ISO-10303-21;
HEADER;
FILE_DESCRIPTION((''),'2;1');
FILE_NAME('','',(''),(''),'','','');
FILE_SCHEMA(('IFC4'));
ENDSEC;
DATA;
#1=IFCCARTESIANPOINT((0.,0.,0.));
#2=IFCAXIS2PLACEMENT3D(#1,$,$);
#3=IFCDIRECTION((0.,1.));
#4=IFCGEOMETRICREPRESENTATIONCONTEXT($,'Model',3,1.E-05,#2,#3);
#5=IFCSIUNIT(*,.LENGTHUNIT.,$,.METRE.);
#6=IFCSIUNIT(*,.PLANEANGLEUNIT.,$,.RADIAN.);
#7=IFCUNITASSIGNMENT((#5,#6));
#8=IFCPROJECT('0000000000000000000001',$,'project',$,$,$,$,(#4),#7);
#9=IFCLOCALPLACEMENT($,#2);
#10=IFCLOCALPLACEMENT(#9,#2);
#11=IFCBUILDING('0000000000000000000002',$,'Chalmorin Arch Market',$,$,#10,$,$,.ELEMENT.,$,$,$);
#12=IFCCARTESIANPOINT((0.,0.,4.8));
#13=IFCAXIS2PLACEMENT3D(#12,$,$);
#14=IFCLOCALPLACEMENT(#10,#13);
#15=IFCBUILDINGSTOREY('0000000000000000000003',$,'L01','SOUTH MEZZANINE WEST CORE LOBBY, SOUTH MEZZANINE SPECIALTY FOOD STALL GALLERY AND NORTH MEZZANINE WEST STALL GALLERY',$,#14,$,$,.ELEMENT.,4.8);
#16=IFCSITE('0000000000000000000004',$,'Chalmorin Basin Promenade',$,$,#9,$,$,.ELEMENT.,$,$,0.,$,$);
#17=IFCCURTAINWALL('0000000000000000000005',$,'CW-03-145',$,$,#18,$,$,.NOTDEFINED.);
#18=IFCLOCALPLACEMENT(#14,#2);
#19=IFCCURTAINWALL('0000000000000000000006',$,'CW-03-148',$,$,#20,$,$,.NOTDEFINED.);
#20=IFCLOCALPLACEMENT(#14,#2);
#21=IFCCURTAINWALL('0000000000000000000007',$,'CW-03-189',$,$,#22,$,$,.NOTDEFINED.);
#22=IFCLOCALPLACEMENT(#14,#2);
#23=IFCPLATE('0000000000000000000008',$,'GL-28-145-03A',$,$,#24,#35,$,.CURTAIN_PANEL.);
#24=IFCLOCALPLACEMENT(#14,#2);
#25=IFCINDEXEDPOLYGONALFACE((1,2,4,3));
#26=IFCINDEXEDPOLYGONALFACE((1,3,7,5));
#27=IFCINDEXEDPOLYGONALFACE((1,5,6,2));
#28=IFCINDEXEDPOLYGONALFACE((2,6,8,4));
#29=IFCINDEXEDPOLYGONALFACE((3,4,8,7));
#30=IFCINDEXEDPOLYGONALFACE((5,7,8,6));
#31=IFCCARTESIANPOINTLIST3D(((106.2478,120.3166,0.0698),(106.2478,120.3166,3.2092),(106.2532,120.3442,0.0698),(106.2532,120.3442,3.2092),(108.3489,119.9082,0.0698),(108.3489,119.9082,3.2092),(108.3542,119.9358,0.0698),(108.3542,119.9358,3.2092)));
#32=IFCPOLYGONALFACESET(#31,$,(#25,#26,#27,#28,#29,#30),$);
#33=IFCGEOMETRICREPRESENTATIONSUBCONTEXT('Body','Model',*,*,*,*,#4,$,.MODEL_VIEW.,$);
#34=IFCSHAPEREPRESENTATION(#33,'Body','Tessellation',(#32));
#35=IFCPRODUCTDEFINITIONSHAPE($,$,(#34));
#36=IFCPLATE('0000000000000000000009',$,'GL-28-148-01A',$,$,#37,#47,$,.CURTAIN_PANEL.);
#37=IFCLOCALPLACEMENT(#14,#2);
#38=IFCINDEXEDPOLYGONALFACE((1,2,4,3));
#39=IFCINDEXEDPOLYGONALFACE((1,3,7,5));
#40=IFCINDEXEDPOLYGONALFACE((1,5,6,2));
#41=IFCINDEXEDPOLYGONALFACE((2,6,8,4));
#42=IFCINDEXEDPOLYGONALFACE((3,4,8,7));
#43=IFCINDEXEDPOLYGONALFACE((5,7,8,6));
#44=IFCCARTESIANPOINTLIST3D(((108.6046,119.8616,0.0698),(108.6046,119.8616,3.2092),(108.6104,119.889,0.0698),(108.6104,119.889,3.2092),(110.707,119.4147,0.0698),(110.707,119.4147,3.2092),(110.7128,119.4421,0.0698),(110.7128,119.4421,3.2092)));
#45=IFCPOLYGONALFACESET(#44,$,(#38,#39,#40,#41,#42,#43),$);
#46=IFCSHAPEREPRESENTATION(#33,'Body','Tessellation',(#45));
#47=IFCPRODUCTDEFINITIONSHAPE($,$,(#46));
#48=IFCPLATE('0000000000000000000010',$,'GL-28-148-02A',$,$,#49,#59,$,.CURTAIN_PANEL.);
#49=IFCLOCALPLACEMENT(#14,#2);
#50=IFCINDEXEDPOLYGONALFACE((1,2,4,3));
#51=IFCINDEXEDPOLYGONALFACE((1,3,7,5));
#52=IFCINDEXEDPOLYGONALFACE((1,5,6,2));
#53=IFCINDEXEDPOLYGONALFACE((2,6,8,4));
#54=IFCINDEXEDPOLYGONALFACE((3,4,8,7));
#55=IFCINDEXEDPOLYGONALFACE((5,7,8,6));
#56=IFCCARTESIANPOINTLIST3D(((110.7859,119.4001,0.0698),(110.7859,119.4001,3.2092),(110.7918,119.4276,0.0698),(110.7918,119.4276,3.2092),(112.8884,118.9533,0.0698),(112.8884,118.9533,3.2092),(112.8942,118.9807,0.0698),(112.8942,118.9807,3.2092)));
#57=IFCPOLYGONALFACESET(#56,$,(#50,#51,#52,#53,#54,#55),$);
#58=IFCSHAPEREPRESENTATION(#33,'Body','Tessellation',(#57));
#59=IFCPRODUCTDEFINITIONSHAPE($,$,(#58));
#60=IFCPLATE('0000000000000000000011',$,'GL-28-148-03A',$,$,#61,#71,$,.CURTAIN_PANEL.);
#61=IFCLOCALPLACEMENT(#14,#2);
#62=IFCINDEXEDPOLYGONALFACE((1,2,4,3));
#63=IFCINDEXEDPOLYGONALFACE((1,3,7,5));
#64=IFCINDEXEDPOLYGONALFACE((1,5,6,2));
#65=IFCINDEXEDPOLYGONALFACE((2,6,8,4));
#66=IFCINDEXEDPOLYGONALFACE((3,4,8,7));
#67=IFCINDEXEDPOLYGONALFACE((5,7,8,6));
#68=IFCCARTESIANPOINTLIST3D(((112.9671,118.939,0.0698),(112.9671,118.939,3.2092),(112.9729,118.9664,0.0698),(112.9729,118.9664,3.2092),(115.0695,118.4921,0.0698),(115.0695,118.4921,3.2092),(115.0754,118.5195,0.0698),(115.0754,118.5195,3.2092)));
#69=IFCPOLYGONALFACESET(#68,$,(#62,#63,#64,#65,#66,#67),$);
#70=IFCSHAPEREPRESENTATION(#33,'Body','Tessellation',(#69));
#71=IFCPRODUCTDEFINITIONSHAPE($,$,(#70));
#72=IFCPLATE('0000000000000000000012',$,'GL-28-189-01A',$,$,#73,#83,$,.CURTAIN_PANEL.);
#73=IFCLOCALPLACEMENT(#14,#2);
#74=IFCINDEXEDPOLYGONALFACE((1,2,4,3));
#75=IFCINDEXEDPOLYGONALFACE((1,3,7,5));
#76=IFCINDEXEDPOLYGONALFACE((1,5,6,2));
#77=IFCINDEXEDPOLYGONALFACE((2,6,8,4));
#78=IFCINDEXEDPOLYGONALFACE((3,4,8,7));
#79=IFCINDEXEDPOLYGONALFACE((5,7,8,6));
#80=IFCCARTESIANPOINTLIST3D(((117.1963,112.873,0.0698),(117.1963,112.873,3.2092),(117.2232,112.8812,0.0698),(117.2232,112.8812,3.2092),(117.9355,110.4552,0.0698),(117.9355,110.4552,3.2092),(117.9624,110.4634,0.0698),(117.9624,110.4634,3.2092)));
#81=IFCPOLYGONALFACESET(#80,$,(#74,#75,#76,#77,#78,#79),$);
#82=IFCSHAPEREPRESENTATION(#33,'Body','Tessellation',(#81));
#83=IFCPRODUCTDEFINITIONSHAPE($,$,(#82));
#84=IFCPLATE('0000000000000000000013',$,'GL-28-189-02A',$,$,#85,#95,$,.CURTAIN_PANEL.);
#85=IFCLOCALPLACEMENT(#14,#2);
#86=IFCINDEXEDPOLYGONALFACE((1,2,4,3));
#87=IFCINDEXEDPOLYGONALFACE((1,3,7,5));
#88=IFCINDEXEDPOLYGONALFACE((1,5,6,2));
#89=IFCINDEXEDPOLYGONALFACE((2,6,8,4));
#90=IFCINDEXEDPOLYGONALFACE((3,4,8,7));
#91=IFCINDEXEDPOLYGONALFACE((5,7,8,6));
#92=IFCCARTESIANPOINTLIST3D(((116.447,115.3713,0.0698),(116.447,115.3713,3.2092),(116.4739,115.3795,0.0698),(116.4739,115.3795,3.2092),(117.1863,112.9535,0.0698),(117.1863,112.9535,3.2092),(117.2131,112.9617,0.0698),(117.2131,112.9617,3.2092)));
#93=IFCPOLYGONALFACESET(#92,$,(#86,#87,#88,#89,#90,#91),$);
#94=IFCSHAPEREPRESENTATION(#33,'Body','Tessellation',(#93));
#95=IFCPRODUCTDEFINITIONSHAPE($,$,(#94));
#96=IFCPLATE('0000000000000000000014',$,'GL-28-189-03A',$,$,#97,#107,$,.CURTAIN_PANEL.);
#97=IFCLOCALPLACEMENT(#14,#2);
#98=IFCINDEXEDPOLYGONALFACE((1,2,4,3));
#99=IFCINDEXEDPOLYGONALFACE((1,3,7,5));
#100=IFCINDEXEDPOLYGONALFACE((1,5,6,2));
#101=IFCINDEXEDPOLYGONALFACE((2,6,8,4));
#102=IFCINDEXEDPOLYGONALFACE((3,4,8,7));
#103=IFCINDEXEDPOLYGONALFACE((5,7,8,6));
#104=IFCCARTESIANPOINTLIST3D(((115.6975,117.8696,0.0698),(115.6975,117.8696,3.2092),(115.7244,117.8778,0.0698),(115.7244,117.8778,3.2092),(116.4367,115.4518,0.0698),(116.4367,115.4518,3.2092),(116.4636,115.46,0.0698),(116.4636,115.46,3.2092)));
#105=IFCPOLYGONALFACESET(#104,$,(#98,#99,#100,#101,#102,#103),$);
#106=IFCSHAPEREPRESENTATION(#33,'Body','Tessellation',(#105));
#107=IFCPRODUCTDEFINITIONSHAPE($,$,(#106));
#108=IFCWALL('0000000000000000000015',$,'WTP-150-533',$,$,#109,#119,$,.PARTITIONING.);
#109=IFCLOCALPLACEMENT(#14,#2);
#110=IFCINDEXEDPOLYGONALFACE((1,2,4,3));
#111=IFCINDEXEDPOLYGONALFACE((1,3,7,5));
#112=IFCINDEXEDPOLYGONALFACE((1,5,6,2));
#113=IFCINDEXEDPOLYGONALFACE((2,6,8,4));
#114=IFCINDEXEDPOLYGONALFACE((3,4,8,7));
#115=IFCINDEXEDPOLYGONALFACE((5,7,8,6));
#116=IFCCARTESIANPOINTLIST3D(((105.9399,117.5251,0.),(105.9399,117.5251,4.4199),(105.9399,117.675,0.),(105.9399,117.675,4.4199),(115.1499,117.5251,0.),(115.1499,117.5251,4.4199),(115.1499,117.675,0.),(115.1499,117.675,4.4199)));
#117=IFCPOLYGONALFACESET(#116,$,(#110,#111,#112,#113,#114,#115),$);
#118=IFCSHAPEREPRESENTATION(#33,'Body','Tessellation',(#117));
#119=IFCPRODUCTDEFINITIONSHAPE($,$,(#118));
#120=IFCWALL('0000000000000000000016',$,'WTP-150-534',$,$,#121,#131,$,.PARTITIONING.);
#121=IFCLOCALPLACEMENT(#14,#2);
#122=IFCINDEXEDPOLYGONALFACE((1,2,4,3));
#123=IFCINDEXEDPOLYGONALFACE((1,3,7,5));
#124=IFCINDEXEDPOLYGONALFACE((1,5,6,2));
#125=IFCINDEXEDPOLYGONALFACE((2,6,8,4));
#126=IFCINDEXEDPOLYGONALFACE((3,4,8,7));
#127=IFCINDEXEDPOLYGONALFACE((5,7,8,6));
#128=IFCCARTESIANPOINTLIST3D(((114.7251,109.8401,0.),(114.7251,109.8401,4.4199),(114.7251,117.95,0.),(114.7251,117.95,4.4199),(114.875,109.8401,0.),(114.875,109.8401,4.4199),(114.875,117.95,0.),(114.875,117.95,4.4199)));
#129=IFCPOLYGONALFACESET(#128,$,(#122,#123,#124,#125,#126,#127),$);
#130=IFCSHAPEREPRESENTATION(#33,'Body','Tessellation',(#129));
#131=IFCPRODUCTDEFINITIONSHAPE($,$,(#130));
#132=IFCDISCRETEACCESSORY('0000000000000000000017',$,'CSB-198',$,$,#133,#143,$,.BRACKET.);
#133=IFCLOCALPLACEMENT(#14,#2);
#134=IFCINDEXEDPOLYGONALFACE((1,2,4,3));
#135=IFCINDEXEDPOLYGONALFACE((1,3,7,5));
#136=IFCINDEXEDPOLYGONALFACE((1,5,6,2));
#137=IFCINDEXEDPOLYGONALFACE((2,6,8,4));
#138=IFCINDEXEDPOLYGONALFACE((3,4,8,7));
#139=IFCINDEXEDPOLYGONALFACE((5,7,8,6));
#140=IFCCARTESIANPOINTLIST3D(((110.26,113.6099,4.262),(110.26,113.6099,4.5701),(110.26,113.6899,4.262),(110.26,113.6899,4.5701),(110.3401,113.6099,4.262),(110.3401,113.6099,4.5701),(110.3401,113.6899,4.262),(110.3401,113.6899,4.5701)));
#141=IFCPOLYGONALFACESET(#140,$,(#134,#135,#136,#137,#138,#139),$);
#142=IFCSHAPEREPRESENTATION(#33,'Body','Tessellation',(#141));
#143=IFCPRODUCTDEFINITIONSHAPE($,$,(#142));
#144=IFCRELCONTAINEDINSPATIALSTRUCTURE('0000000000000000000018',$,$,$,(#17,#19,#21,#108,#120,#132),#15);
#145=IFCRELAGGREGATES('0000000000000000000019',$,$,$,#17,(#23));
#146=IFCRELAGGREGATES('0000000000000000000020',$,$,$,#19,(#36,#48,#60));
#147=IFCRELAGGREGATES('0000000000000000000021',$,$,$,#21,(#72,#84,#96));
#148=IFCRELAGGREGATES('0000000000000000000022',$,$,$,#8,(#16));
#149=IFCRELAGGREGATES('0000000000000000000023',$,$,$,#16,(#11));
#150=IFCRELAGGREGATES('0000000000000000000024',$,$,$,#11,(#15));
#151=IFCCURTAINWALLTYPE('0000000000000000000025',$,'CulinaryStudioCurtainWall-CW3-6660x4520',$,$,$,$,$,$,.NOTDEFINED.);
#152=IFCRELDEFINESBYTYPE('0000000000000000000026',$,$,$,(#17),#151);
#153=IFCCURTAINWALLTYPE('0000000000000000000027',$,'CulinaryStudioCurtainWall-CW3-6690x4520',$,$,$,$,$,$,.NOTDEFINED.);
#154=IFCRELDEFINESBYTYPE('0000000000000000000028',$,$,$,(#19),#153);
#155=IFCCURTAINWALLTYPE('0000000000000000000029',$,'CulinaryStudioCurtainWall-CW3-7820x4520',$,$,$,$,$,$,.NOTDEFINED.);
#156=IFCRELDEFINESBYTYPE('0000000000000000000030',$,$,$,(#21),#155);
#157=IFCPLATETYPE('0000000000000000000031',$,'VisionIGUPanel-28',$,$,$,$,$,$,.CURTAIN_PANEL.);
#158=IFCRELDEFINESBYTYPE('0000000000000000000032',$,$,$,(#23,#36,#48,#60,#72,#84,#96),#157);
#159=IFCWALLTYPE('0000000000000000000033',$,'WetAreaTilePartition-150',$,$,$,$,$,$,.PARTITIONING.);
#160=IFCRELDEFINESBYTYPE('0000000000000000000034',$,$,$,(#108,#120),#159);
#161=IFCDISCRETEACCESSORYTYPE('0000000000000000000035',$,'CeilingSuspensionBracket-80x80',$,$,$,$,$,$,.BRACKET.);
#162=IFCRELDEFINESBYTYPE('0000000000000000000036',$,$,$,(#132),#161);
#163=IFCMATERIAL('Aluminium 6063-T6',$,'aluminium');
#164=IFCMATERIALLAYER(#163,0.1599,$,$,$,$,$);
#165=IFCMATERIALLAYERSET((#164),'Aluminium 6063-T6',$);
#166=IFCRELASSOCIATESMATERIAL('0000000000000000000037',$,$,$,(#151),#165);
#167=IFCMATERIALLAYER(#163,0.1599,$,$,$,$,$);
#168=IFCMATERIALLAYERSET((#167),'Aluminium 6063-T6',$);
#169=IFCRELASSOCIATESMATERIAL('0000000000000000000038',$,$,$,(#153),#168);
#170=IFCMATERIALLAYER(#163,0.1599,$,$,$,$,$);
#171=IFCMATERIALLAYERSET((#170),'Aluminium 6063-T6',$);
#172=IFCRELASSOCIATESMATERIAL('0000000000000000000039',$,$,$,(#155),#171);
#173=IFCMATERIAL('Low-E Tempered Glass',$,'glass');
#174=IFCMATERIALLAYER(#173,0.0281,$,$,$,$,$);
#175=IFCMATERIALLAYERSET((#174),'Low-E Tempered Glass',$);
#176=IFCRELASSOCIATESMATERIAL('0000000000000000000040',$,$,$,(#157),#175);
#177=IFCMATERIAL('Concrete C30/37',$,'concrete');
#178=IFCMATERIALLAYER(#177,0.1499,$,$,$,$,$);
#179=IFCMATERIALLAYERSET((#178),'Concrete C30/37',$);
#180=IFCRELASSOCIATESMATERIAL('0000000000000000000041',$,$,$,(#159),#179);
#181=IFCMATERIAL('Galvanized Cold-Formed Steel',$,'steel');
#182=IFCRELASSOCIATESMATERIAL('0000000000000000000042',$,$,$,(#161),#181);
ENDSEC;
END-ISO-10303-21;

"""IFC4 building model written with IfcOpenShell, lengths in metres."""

from ifc_helpers import new_model, si_unit, direction, frame, frame_2d, origin, origin_2d, place, context, subcontext, project, spatial, rectangle, extrude, material, layer, layer_set, type_object, element, aggregate, save


model = new_model("IFC4")

# Units and contexts
model_context = context("Model", 3, precision=1e-05, world=origin(), true_north=direction((0.0, 1.0)))
body_context = subcontext(model_context, "Body", "Model", "MODEL_VIEW")
ifc_project = project(units=[si_unit("LENGTHUNIT", "METRE"), si_unit("PLANEANGLEUNIT", "RADIAN")], contexts=[model_context])

# Site, building, storey
site_placement = place(None, origin())
site = spatial("IfcSite", under=ifc_project, at=site_placement, Name="Chalmorin Basin Promenade", CompositionType="ELEMENT", RefElevation=0.0)
building_placement = place(site_placement, origin())
building = spatial("IfcBuilding", under=site, at=building_placement, Name="Chalmorin Arch Market", CompositionType="ELEMENT")
storey_placement = place(building_placement, frame((0.0, 0.0, 4.8)))
storey = spatial("IfcBuildingStorey", under=building, at=storey_placement, Name="L01", Description="SOUTH MEZZANINE WEST CORE LOBBY, SOUTH MEZZANINE SPECIALTY FOOD STALL GALLERY AND NORTH MEZZANINE WEST STALL GALLERY", CompositionType="ELEMENT", Elevation=4.8)

# Curtain walls
ifc_material_1 = material(Name="Aluminium 6063-T6", Category="aluminium")
ifc_layer_1 = layer(ifc_material_1, 0.1599)
ifc_layer_set_1 = layer_set([ifc_layer_1], Name="Aluminium 6063-T6")
curtain_wall_type_1 = type_object("IfcCurtainWallType", Name="CulinaryStudioCurtainWall-CW3-6660x4520", PredefinedType="NOTDEFINED", material=ifc_layer_set_1)
curtain_wall_1_placement = place(storey_placement, origin())
curtain_wall_1 = element("IfcCurtainWall", 1, at=curtain_wall_1_placement, inside=storey, type_object=curtain_wall_type_1, Name="CW-03-145", PredefinedType="NOTDEFINED")
ifc_layer_2 = layer(ifc_material_1, 0.1599)
ifc_layer_set_2 = layer_set([ifc_layer_2], Name="Aluminium 6063-T6")
curtain_wall_type_2 = type_object("IfcCurtainWallType", Name="CulinaryStudioCurtainWall-CW3-6690x4520", PredefinedType="NOTDEFINED", material=ifc_layer_set_2)
curtain_wall_2_placement = place(storey_placement, origin())
curtain_wall_2 = element("IfcCurtainWall", 2, at=curtain_wall_2_placement, inside=storey, type_object=curtain_wall_type_2, Name="CW-03-148", PredefinedType="NOTDEFINED")

# Curtain wall
ifc_layer_3 = layer(ifc_material_1, 0.1599)
ifc_layer_set_3 = layer_set([ifc_layer_3], Name="Aluminium 6063-T6")
curtain_wall_type_3 = type_object("IfcCurtainWallType", Name="CulinaryStudioCurtainWall-CW3-7820x4520", PredefinedType="NOTDEFINED", material=ifc_layer_set_3)
curtain_wall_3_placement = place(storey_placement, origin())
curtain_wall_3 = element("IfcCurtainWall", 3, at=curtain_wall_3_placement, inside=storey, type_object=curtain_wall_type_3, Name="CW-03-189", PredefinedType="NOTDEFINED")

# Plates
ifc_material_2 = material(Name="Low-E Tempered Glass", Category="glass")
ifc_layer_4 = layer(ifc_material_2, 0.0281)
ifc_layer_set_4 = layer_set([ifc_layer_4], Name="Low-E Tempered Glass")
plate_type_1 = type_object("IfcPlateType", Name="VisionIGUPanel-28", PredefinedType="CURTAIN_PANEL", material=ifc_layer_set_4)
plate_1_placement = place(storey_placement, frame((107.301, 120.1262, 0.0698), z_axis=(0.0, 0.0, 1.0), x_axis=(0.981627, -0.190809, 0.0)))
plate_1 = element("IfcPlate", 4, at=plate_1_placement, type_object=plate_type_1, Name="GL-28-145-03A", PredefinedType="CURTAIN_PANEL", context=body_context, shape_type="SweptSolid", body=[
    extrude(rectangle(XDim=2.1404, YDim=0.0281, at=origin_2d()), origin(), (0.0, 0.0, 1.0), 3.1394),
])
aggregate(curtain_wall_1, [plate_1])
plate_2_placement = place(storey_placement, frame((109.6587, 119.6519, 0.0698), z_axis=(0.0, 0.0, 1.0), x_axis=(0.978148, -0.207912, 0.0)))
plate_2 = element("IfcPlate", 5, at=plate_2_placement, type_object=plate_type_1, Name="GL-28-148-01A", PredefinedType="CURTAIN_PANEL", context=body_context, shape_type="SweptSolid", body=[
    extrude(rectangle(XDim=2.1494, YDim=0.0281, at=origin_2d()), origin(), (0.0, 0.0, 1.0), 3.1394),
])
plate_3_placement = place(storey_placement, frame((111.8401, 119.1904, 0.0698), z_axis=(0.0, 0.0, 1.0), x_axis=(0.978148, -0.207912, 0.0)))
plate_3 = element("IfcPlate", 6, at=plate_3_placement, type_object=plate_type_1, Name="GL-28-148-02A", PredefinedType="CURTAIN_PANEL", context=body_context, shape_type="SweptSolid", body=[
    extrude(rectangle(XDim=2.1494, YDim=0.0281, at=origin_2d()), origin(), (0.0, 0.0, 1.0), 3.1394),
])
plate_4_placement = place(storey_placement, frame((114.0212, 118.7292, 0.0698), z_axis=(0.0, 0.0, 1.0), x_axis=(0.978148, -0.207912, 0.0)))
plate_4 = element("IfcPlate", 7, at=plate_4_placement, type_object=plate_type_1, Name="GL-28-148-03A", PredefinedType="CURTAIN_PANEL", context=body_context, shape_type="SweptSolid", body=[
    extrude(rectangle(XDim=2.1494, YDim=0.0281, at=origin_2d()), origin(), (0.0, 0.0, 1.0), 3.1394),
])
aggregate(curtain_wall_2, [plate_2, plate_3, plate_4])
plate_5_placement = place(storey_placement, frame((117.5793, 111.6682, 0.0698), z_axis=(0.0, 0.0, 1.0), x_axis=(-0.292372, 0.956305, 0.0)))
plate_5 = element("IfcPlate", 8, at=plate_5_placement, type_object=plate_type_1, Name="GL-28-189-01A", PredefinedType="CURTAIN_PANEL", context=body_context, shape_type="SweptSolid", body=[
    extrude(rectangle(XDim=2.5283, YDim=0.0281, at=origin_2d()), origin(), (0.0, 0.0, 1.0), 3.1394),
])
plate_6_placement = place(storey_placement, frame((116.8301, 114.1665, 0.0698), z_axis=(0.0, 0.0, 1.0), x_axis=(-0.292372, 0.956305, 0.0)))
plate_6 = element("IfcPlate", 9, at=plate_6_placement, type_object=plate_type_1, Name="GL-28-189-02A", PredefinedType="CURTAIN_PANEL", context=body_context, shape_type="SweptSolid", body=[
    extrude(rectangle(XDim=2.5283, YDim=0.0281, at=origin_2d()), origin(), (0.0, 0.0, 1.0), 3.1394),
])
plate_7_placement = place(storey_placement, frame((116.0806, 116.6648, 0.0698), z_axis=(0.0, 0.0, 1.0), x_axis=(-0.292372, 0.956305, 0.0)))
plate_7 = element("IfcPlate", 10, at=plate_7_placement, type_object=plate_type_1, Name="GL-28-189-03A", PredefinedType="CURTAIN_PANEL", context=body_context, shape_type="SweptSolid", body=[
    extrude(rectangle(XDim=2.5283, YDim=0.0281, at=origin_2d()), origin(), (0.0, 0.0, 1.0), 3.1394),
])
aggregate(curtain_wall_3, [plate_5, plate_6, plate_7])

# Walls
ifc_material_3 = material(Name="Concrete C30/37", Category="concrete")
ifc_layer_5 = layer(ifc_material_3, 0.1499)
ifc_layer_set_5 = layer_set([ifc_layer_5], Name="Concrete C30/37")
wall_type = type_object("IfcWallType", Name="WetAreaTilePartition-150", PredefinedType="PARTITIONING", material=ifc_layer_set_5)
wall_1_placement = place(storey_placement, frame((105.9399, 117.6001, 0.0), z_axis=(0.0, 0.0, 1.0), x_axis=(1.0, 0.0, 0.0)))
element("IfcWall", 11, at=wall_1_placement, inside=storey, type_object=wall_type, Name="WTP-150-533", PredefinedType="PARTITIONING", context=body_context, shape_type="SweptSolid", body=[
    extrude(rectangle(XDim=9.21, YDim=0.1499, at=frame_2d((4.605, 0.0))), origin(), (0.0, 0.0, 1.0), 4.4199),
])
wall_2_placement = place(storey_placement, frame((114.8, 109.8401, 0.0), z_axis=(0.0, 0.0, 1.0), x_axis=(0.0, 1.0, 0.0)))
element("IfcWall", 12, at=wall_2_placement, inside=storey, type_object=wall_type, Name="WTP-150-534", PredefinedType="PARTITIONING", context=body_context, shape_type="SweptSolid", body=[
    extrude(rectangle(XDim=8.1099, YDim=0.1499, at=frame_2d((4.0549, 0.0))), origin(), (0.0, 0.0, 1.0), 4.4199),
])

# Discrete accessory
ifc_material_4 = material(Name="Galvanized Cold-Formed Steel", Category="steel")
discrete_accessory_type = type_object("IfcDiscreteAccessoryType", Name="CeilingSuspensionBracket-80x80", PredefinedType="BRACKET", material=ifc_material_4)
discrete_accessory_placement = place(storey_placement, frame((110.3, 113.6499, 4.262), z_axis=(0.0, 0.0, 1.0), x_axis=(1.0, 0.0, 0.0)))
element("IfcDiscreteAccessory", 13, at=discrete_accessory_placement, inside=storey, type_object=discrete_accessory_type, Name="CSB-198", PredefinedType="BRACKET", context=body_context, shape_type="SweptSolid", body=[
    extrude(rectangle(XDim=0.0801, YDim=0.0801, at=origin_2d()), origin(), (0.0, 0.0, 1.0), 0.3081),
])

save(model, "model.ifc")
